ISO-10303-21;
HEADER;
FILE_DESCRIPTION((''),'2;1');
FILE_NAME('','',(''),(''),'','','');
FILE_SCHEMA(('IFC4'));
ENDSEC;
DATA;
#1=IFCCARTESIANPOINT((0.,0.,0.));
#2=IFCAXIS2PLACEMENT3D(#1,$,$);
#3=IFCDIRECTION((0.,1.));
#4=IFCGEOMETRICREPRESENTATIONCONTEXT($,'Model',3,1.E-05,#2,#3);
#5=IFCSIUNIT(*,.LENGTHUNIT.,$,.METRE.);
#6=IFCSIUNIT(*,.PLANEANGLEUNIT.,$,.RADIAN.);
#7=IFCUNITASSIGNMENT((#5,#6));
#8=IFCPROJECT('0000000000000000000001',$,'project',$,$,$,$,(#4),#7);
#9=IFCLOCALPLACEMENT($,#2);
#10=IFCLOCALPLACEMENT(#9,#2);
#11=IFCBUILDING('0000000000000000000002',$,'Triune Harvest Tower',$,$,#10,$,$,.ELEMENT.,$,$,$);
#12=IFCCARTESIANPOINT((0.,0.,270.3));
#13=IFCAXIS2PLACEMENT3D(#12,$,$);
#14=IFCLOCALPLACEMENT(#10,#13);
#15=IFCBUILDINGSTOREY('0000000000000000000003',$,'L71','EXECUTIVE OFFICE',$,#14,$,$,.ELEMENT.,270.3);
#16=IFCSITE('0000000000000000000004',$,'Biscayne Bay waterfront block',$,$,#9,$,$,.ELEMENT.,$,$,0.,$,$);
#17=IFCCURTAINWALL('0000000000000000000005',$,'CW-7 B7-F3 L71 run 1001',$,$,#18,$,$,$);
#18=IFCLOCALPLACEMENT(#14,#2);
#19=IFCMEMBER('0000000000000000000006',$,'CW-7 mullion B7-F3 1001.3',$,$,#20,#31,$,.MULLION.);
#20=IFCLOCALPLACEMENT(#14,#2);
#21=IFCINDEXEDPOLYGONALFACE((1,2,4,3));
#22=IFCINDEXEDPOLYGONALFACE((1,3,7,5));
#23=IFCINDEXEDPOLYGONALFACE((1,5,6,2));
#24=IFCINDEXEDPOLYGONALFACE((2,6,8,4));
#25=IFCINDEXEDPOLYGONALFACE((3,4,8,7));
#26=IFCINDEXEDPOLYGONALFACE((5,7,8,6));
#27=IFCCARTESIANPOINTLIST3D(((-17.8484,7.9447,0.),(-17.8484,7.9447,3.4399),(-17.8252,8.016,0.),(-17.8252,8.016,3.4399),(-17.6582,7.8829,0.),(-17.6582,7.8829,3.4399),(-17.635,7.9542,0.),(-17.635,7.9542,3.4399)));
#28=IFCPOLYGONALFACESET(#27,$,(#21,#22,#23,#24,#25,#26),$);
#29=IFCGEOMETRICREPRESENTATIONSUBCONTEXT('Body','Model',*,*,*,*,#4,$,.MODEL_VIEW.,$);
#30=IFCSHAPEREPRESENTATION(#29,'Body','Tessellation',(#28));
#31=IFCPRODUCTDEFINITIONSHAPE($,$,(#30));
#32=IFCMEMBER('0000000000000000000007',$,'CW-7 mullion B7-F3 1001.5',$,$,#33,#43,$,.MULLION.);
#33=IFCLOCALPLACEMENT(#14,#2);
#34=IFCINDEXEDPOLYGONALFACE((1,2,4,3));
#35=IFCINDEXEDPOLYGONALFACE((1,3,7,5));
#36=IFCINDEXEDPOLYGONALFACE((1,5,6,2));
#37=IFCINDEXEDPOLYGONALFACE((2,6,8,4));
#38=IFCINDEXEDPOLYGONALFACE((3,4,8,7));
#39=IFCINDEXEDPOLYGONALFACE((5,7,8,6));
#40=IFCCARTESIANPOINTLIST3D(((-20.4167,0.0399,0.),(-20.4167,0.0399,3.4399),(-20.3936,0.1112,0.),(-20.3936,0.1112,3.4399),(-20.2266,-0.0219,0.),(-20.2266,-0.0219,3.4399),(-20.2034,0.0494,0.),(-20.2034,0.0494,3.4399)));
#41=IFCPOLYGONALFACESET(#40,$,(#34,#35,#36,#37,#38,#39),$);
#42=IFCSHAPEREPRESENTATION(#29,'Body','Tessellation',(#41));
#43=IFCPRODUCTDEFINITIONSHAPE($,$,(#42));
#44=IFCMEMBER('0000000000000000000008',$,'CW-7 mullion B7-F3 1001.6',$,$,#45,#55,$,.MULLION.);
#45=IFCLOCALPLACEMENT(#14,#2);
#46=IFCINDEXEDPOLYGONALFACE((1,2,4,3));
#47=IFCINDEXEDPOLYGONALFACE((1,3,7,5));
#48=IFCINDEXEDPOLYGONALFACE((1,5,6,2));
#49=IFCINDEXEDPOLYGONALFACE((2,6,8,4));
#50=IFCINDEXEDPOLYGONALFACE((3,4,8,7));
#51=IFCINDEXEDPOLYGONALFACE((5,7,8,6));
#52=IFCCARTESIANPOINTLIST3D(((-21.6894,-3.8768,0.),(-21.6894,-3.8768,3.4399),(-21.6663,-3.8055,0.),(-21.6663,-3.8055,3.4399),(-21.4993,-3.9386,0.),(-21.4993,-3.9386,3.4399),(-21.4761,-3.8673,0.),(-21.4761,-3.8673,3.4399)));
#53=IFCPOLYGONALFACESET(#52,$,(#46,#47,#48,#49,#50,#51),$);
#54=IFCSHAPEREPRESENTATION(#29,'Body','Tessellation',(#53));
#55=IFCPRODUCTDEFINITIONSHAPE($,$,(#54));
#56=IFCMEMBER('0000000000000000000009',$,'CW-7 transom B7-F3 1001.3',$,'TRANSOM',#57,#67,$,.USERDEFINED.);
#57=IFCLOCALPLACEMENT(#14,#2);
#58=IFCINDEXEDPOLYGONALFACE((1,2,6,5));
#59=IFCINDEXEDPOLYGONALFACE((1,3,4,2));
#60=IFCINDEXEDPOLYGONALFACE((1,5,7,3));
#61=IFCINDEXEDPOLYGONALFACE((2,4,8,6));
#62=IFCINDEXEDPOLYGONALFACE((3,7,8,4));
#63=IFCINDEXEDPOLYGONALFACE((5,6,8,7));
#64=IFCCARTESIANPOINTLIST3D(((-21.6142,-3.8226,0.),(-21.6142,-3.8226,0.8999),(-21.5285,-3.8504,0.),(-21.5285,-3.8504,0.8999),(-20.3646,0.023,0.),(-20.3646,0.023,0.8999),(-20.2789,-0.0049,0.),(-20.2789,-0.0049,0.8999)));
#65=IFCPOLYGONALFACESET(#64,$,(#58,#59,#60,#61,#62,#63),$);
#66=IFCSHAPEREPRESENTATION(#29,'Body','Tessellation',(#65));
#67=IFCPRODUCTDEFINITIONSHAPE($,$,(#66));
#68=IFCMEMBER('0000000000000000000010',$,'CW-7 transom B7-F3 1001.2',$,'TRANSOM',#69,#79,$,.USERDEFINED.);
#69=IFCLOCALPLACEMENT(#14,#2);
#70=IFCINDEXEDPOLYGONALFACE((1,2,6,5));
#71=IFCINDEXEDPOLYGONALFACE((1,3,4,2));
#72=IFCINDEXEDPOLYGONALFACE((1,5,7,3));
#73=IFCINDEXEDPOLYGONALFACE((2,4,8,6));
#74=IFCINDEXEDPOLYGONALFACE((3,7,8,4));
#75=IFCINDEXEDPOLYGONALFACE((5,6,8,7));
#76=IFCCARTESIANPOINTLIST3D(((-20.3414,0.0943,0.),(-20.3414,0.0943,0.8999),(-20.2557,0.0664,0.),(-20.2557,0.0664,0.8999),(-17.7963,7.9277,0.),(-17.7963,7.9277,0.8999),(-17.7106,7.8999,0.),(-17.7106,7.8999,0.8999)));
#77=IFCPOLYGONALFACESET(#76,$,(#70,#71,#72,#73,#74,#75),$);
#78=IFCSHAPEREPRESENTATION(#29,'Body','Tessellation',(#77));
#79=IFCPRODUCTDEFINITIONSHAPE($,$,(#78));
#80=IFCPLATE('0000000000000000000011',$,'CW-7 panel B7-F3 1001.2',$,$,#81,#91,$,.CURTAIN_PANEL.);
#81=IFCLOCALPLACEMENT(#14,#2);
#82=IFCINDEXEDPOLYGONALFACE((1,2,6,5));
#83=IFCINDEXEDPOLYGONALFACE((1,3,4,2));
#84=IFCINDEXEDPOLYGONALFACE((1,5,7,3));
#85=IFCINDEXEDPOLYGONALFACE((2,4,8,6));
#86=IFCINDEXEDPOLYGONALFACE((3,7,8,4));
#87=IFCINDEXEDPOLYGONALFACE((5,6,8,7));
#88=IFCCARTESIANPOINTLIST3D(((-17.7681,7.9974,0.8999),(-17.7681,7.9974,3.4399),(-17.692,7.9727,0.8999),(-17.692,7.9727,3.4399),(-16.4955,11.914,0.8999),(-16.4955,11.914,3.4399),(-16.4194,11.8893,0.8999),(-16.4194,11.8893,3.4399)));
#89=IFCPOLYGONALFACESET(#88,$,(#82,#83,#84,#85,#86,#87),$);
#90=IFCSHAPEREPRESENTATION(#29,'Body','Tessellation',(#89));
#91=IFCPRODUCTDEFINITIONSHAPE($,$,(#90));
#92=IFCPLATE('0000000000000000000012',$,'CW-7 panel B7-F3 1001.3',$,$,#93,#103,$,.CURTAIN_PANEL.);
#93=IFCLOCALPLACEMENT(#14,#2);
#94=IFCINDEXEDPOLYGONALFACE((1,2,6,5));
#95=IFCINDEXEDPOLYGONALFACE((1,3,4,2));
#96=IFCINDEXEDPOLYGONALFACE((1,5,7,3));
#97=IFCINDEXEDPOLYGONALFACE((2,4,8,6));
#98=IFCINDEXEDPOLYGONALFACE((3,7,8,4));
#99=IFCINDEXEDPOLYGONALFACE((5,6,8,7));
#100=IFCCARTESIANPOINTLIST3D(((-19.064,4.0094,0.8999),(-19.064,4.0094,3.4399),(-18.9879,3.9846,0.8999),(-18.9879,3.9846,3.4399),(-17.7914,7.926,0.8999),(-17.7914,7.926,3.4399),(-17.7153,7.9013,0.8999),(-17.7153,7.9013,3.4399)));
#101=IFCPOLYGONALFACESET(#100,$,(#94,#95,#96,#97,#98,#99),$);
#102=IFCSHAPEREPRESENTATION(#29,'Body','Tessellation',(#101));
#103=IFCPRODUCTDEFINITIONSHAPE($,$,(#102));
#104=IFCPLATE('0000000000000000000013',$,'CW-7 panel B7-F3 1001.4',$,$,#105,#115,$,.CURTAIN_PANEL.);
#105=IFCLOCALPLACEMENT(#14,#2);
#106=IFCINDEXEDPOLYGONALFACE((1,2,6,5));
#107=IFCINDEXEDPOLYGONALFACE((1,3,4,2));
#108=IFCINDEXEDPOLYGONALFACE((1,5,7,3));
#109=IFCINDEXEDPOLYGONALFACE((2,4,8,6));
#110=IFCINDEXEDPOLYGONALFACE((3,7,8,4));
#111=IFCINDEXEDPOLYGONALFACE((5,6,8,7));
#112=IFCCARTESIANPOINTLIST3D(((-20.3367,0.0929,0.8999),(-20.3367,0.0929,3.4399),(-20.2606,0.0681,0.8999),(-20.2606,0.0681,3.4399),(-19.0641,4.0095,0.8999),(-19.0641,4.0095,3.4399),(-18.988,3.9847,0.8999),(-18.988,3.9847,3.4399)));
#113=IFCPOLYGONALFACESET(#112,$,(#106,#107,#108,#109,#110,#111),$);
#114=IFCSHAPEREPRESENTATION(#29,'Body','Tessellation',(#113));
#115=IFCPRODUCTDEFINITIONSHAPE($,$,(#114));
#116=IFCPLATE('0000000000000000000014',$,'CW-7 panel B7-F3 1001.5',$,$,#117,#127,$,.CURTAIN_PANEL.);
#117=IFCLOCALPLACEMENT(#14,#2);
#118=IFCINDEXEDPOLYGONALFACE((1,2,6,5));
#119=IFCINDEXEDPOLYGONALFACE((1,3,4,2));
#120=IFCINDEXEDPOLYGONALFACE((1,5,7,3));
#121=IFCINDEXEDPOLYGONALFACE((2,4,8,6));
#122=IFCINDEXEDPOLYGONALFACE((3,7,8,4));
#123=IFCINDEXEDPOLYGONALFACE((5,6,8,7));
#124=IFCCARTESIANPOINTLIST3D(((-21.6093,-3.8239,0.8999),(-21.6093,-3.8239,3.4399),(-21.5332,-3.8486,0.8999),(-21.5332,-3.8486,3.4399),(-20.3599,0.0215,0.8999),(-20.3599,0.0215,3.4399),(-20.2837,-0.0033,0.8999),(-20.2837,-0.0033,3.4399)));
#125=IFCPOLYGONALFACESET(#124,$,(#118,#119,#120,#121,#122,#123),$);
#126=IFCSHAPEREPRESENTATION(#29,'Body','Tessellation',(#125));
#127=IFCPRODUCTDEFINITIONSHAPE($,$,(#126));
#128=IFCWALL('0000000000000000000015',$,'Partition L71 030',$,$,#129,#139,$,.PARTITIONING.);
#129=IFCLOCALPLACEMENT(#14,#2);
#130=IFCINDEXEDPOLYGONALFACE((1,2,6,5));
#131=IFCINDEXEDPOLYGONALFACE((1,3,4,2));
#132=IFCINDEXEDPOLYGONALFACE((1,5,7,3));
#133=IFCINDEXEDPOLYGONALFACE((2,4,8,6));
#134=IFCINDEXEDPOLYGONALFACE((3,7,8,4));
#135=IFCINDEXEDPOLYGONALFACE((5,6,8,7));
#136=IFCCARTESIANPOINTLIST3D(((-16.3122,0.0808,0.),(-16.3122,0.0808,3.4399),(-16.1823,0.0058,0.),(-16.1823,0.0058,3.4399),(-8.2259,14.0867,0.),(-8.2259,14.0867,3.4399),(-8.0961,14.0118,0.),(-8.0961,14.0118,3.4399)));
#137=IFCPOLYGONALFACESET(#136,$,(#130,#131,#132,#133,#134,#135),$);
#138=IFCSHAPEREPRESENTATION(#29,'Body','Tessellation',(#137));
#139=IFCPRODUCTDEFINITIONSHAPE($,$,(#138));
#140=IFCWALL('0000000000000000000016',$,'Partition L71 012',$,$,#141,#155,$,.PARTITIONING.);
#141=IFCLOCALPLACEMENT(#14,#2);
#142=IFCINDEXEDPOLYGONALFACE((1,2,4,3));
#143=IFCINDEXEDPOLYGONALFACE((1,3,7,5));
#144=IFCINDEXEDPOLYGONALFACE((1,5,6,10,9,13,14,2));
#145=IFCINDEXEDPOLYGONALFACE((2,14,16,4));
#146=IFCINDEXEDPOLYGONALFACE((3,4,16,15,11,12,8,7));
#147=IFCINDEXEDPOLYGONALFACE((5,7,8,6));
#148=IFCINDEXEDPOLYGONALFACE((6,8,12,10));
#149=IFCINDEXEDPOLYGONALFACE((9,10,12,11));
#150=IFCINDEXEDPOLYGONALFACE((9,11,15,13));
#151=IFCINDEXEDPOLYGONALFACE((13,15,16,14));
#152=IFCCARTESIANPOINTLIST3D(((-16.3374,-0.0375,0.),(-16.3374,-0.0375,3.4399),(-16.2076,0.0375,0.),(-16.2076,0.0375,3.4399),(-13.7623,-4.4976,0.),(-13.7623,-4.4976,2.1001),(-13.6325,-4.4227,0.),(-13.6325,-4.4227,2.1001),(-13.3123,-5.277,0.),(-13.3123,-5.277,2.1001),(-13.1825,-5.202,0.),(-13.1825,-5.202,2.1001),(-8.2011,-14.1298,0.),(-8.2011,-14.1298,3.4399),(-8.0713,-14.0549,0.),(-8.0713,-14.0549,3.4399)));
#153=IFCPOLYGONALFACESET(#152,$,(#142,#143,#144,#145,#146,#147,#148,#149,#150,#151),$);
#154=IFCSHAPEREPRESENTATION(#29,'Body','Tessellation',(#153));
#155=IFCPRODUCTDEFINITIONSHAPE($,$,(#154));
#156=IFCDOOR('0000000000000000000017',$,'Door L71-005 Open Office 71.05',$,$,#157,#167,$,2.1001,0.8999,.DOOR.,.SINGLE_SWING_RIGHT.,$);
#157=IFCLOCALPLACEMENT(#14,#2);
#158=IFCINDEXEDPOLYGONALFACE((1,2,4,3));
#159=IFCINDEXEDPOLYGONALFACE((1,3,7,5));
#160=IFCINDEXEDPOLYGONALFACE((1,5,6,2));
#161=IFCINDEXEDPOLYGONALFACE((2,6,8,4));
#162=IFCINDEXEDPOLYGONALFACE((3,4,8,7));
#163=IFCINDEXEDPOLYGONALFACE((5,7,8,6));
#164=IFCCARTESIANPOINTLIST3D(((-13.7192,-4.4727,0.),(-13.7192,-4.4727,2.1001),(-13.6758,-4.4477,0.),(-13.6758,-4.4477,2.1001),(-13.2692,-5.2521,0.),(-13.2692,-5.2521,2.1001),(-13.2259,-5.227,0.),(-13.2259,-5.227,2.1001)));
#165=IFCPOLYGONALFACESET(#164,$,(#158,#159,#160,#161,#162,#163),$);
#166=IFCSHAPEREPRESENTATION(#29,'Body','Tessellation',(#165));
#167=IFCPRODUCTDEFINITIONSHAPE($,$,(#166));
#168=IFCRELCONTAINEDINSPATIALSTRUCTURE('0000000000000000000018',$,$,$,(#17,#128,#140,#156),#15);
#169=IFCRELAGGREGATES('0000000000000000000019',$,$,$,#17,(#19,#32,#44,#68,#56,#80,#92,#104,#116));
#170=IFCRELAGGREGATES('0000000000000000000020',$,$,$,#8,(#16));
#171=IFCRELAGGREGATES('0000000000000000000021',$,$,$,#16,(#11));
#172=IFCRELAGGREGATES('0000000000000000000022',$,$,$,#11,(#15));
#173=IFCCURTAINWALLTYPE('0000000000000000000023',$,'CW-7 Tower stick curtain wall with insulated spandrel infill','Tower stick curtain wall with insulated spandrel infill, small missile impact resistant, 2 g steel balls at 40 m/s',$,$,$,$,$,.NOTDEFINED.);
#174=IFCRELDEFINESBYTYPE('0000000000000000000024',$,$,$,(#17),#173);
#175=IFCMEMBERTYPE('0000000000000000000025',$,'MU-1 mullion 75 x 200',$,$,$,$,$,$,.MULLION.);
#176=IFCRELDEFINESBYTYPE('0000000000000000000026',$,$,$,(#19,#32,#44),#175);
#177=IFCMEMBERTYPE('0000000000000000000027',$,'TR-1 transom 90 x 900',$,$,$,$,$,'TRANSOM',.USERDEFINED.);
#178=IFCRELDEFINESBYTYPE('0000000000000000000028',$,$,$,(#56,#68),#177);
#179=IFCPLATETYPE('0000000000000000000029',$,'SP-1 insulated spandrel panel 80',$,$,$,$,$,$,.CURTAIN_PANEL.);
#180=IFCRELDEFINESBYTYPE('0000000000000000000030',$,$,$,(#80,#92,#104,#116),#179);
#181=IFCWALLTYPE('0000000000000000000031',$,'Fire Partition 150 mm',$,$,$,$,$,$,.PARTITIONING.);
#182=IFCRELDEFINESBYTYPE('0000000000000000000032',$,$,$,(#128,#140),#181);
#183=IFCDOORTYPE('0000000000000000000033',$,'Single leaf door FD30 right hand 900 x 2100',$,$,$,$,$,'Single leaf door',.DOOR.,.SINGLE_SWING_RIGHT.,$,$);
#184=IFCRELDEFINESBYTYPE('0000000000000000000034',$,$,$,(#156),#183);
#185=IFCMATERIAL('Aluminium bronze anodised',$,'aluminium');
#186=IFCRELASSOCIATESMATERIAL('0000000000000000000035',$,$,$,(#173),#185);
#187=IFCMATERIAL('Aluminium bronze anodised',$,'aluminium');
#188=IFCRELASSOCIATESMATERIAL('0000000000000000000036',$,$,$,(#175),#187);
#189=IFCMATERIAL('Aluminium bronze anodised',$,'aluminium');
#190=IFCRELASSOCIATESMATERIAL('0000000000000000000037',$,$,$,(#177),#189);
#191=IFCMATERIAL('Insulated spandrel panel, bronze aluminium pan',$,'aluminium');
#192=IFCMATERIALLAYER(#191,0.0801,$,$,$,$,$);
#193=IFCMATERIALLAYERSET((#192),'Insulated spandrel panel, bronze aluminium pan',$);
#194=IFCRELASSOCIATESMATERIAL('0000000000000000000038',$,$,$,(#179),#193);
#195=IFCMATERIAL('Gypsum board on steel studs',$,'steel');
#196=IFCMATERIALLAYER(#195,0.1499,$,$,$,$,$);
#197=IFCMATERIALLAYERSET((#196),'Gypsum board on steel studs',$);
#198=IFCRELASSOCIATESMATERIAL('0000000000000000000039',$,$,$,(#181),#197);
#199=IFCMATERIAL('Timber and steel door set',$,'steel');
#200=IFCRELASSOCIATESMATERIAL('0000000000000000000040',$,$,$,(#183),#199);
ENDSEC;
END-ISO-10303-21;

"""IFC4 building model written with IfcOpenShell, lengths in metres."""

from ifc_helpers import new_model, si_unit, direction, frame, frame_2d, origin, origin_2d, place, context, subcontext, project, spatial, rectangle, extrude, source, transform, mapped, material, layer, layer_set, material_profile, profile_set, type_object, element, fill, aggregate, save


model = new_model("IFC4")

# Units and contexts
model_context = context("Model", 3, precision=1e-05, world=origin(), true_north=direction((0.0, 1.0)))
body_context = subcontext(model_context, "Body", "Model", "MODEL_VIEW")
ifc_project = project(units=[si_unit("LENGTHUNIT", "METRE"), si_unit("PLANEANGLEUNIT", "RADIAN")], contexts=[model_context])

# Site, building, storey
site_placement = place(None, origin())
site = spatial("IfcSite", under=ifc_project, at=site_placement, Name="Biscayne Bay waterfront block", CompositionType="ELEMENT", RefElevation=0.0)
building_placement = place(site_placement, origin())
building = spatial("IfcBuilding", under=site, at=building_placement, Name="Triune Harvest Tower", CompositionType="ELEMENT")
storey_placement = place(building_placement, frame((0.0, 0.0, 270.3)))
storey = spatial("IfcBuildingStorey", under=building, at=storey_placement, Name="L71", Description="EXECUTIVE OFFICE", CompositionType="ELEMENT", Elevation=270.3)

# Curtain wall, members, plates
ifc_material_1 = material(Name="Aluminium bronze anodised", Category="aluminium")
curtain_wall_type = type_object("IfcCurtainWallType", Name="CW-7 Tower stick curtain wall with insulated spandrel infill", Description="Tower stick curtain wall with insulated spandrel infill, small missile impact resistant, 2 g steel balls at 40 m/s", PredefinedType="NOTDEFINED", material=ifc_material_1)
curtain_wall_placement = place(storey_placement, origin())
curtain_wall = element("IfcCurtainWall", 1, at=curtain_wall_placement, inside=storey, type_object=curtain_wall_type, Name="CW-7 B7-F3 L71 run 1001")
ifc_material_2 = material(Name="Aluminium bronze anodised", Category="aluminium")
ifc_material_profile_1 = material_profile(ifc_material_2, rectangle(XDim=0.2, YDim=0.075, at=origin_2d()), Name="MU-1 mullion 75 x 200")
ifc_profile_set_1 = profile_set([ifc_material_profile_1], Name="Aluminium bronze anodised")
member_type_1 = type_object("IfcMemberType", Name="MU-1 mullion 75 x 200", PredefinedType="MULLION", material=ifc_profile_set_1)
shared_shape_1 = source(origin(), body_context, "Body", "SweptSolid", [
    extrude(rectangle(XDim=0.2, YDim=0.075, at=origin_2d()), origin(), (0.0, 0.0, 1.0), 3.4399),
])
member_1_placement = place(storey_placement, frame((-17.7417, 7.9495, 0.0), z_axis=(0.0, 0.0, 1.0), x_axis=(0.951056, -0.30902, 0.0)))
member_1 = element("IfcMember", 2, at=member_1_placement, type_object=member_type_1, Name="CW-7 mullion B7-F3 1001.3", PredefinedType="MULLION", context=body_context, shape_type="MappedRepresentation", body=[
    mapped(shared_shape_1, transform((0.0, 0.0, 0.0), scale=1.0)),
])
member_2_placement = place(storey_placement, frame((-20.3101, 0.0447, 0.0), z_axis=(0.0, 0.0, 1.0), x_axis=(0.951056, -0.30902, 0.0)))
member_2 = element("IfcMember", 3, at=member_2_placement, type_object=member_type_1, Name="CW-7 mullion B7-F3 1001.5", PredefinedType="MULLION", context=body_context, shape_type="MappedRepresentation", body=[
    mapped(shared_shape_1, transform((0.0, 0.0, 0.0), scale=1.0)),
])
member_3_placement = place(storey_placement, frame((-21.5828, -3.8721, 0.0), z_axis=(0.0, 0.0, 1.0), x_axis=(0.951056, -0.30902, 0.0)))
member_3 = element("IfcMember", 4, at=member_3_placement, type_object=member_type_1, Name="CW-7 mullion B7-F3 1001.6", PredefinedType="MULLION", context=body_context, shape_type="MappedRepresentation", body=[
    mapped(shared_shape_1, transform((0.0, 0.0, 0.0), scale=1.0)),
])
ifc_material_3 = material(Name="Aluminium bronze anodised", Category="aluminium")
ifc_material_profile_2 = material_profile(ifc_material_3, rectangle(XDim=0.0901, YDim=0.8999, at=origin_2d()), Name="TR-1 transom 90 x 900")
ifc_profile_set_2 = profile_set([ifc_material_profile_2], Name="Aluminium bronze anodised")
member_type_2 = type_object("IfcMemberType", Name="TR-1 transom 90 x 900", ElementType="TRANSOM", PredefinedType="USERDEFINED", material=ifc_profile_set_2)
shared_shape_2 = source(origin(), body_context, "Body", "SweptSolid", [
    extrude(rectangle(XDim=0.0901, YDim=0.8999, at=origin_2d()), origin(), (0.0, 0.0, 1.0), 4.0435),
])
member_4_placement = place(storey_placement, frame((-20.3218, 0.009, 0.45), z_axis=(-0.309027, -0.951053, 0.0), x_axis=(0.951053, -0.309027, 0.0)))
member_4 = element("IfcMember", 5, at=member_4_placement, type_object=member_type_2, Name="CW-7 transom B7-F3 1001.3", ObjectType="TRANSOM", PredefinedType="USERDEFINED", context=body_context, shape_type="MappedRepresentation", body=[
    mapped(shared_shape_2, transform((0.0, 0.0, 0.0), scale=1.0)),
])
shared_shape_3 = source(origin(), body_context, "Body", "SweptSolid", [
    extrude(rectangle(XDim=0.0901, YDim=0.8999, at=origin_2d()), origin(), (0.0, 0.0, 1.0), 8.2366),
])
member_5_placement = place(storey_placement, frame((-17.7534, 7.9138, 0.45), z_axis=(-0.309007, -0.95106, 0.0), x_axis=(0.95106, -0.309007, 0.0)))
member_5 = element("IfcMember", 6, at=member_5_placement, type_object=member_type_2, Name="CW-7 transom B7-F3 1001.2", ObjectType="TRANSOM", PredefinedType="USERDEFINED", context=body_context, shape_type="MappedRepresentation", body=[
    mapped(shared_shape_3, transform((0.0, 0.0, 0.0), scale=1.0)),
])
ifc_material_4 = material(Name="Insulated spandrel panel, bronze aluminium pan", Category="aluminium")
ifc_layer_1 = layer(ifc_material_4, 0.0801)
ifc_layer_set_1 = layer_set([ifc_layer_1], Name="Insulated spandrel panel, bronze aluminium pan")
plate_type = type_object("IfcPlateType", Name="SP-1 insulated spandrel panel 80", PredefinedType="CURTAIN_PANEL", material=ifc_layer_set_1)
shared_shape_4 = source(origin(), body_context, "Body", "SweptSolid", [
    extrude(rectangle(XDim=4.1182, YDim=0.0801, at=origin_2d()), origin(), (0.0, 0.0, 1.0), 2.54),
])
plate_1_placement = place(storey_placement, frame((-17.0938, 9.9434, 0.8999), z_axis=(0.0, 0.0, 1.0), x_axis=(-0.30902, -0.951056, 0.0)))
plate_1 = element("IfcPlate", 7, at=plate_1_placement, type_object=plate_type, Name="CW-7 panel B7-F3 1001.2", PredefinedType="CURTAIN_PANEL", context=body_context, shape_type="MappedRepresentation", body=[
    mapped(shared_shape_4, transform((0.0, 0.0, 0.0), scale=1.0)),
])
plate_2_placement = place(storey_placement, frame((-18.3896, 5.9553, 0.8999), z_axis=(0.0, 0.0, 1.0), x_axis=(-0.30902, -0.951056, 0.0)))
plate_2 = element("IfcPlate", 8, at=plate_2_placement, type_object=plate_type, Name="CW-7 panel B7-F3 1001.3", PredefinedType="CURTAIN_PANEL", context=body_context, shape_type="MappedRepresentation", body=[
    mapped(shared_shape_4, transform((0.0, 0.0, 0.0), scale=1.0)),
])
plate_3_placement = place(storey_placement, frame((-19.6624, 2.0388, 0.8999), z_axis=(0.0, 0.0, 1.0), x_axis=(-0.30902, -0.951056, 0.0)))
plate_3 = element("IfcPlate", 9, at=plate_3_placement, type_object=plate_type, Name="CW-7 panel B7-F3 1001.4", PredefinedType="CURTAIN_PANEL", context=body_context, shape_type="MappedRepresentation", body=[
    mapped(shared_shape_4, transform((0.0, 0.0, 0.0), scale=1.0)),
])
shared_shape_5 = source(origin(), body_context, "Body", "SweptSolid", [
    extrude(rectangle(XDim=4.0432, YDim=0.0801, at=origin_2d()), origin(), (0.0, 0.0, 1.0), 2.54),
])
plate_4_placement = place(storey_placement, frame((-20.9465, -1.9136, 0.8999), z_axis=(0.0, 0.0, 1.0), x_axis=(-0.30902, -0.951056, 0.0)))
plate_4 = element("IfcPlate", 10, at=plate_4_placement, type_object=plate_type, Name="CW-7 panel B7-F3 1001.5", PredefinedType="CURTAIN_PANEL", context=body_context, shape_type="MappedRepresentation", body=[
    mapped(shared_shape_5, transform((0.0, 0.0, 0.0), scale=1.0)),
])
aggregate(curtain_wall, [member_1, member_2, member_3, member_5, member_4, plate_1, plate_2, plate_3, plate_4])

# Wall
ifc_material_5 = material(Name="Gypsum board on steel studs", Category="steel")
ifc_layer_2 = layer(ifc_material_5, 0.1499)
ifc_layer_set_2 = layer_set([ifc_layer_2], Name="Gypsum board on steel studs")
wall_type = type_object("IfcWallType", Name="Fire Partition 150 mm", PredefinedType="PARTITIONING", material=ifc_layer_set_2)
wall_1_placement = place(storey_placement, frame((-16.2473, 0.0432, 0.0), z_axis=(0.0, 0.0, 1.0), x_axis=(0.499995, 0.866028, 0.0)))
element("IfcWall", 11, at=wall_1_placement, inside=storey, type_object=wall_type, Name="Partition L71 030", PredefinedType="PARTITIONING", context=body_context, shape_type="SweptSolid", body=[
    extrude(rectangle(XDim=16.1726, YDim=0.1499, at=frame_2d((8.0864, 0.0))), origin(), (0.0, 0.0, 1.0), 3.4399),
])

# Wall, opening, door
shared_shape_6 = source(origin(), body_context, "Body", "SweptSolid", [
    extrude(rectangle(XDim=16.2725, YDim=0.1499, at=frame_2d((8.1362, 0.0))), origin(), (0.0, 0.0, 1.0), 3.4399),
])
wall_2_placement = place(storey_placement, frame((-16.2725, 0.0, 0.0), z_axis=(0.0, 0.0, 1.0), x_axis=(0.500002, -0.866024, 0.0)))
wall_2 = element("IfcWall", 12, at=wall_2_placement, inside=storey, type_object=wall_type, Name="Partition L71 012", PredefinedType="PARTITIONING", context=body_context, shape_type="MappedRepresentation", body=[
    mapped(shared_shape_6, transform((0.0, 0.0, 0.0), scale=1.0)),
])
opening_placement = place(wall_2_placement, frame((5.1501, 0.0, 0.0)))
opening = element("IfcOpeningElement", 13, at=opening_placement, cuts=wall_2, PredefinedType="OPENING", context=body_context, shape_type="SweptSolid", body=[
    extrude(rectangle(XDim=0.8999, YDim=2.1001, at=frame_2d((0.45, 1.05))), frame((0.0, 0.085, 0.0), z_axis=(0.0, -1.0, 0.0), x_axis=(1.0, 0.0, 0.0)), (0.0, 0.0, 1.0), 0.1699),
])
ifc_material_6 = material(Name="Timber and steel door set", Category="steel")
door_type = type_object("IfcDoorType", Name="Single leaf door FD30 right hand 900 x 2100", ElementType="Single leaf door", OperationType="SINGLE_SWING_RIGHT", PredefinedType="DOOR", material=ifc_material_6)
door_placement = place(opening_placement, origin())
door = element("IfcDoor", 14, at=door_placement, inside=storey, type_object=door_type, Name="Door L71-005 Open Office 71.05", OperationType="SINGLE_SWING_RIGHT", OverallHeight=2.1001, OverallWidth=0.8999, PredefinedType="DOOR", context=body_context, shape_type="SweptSolid", body=[
    extrude(rectangle(XDim=0.8999, YDim=2.1001, at=frame_2d((0.45, 1.05))), frame((0.0, 0.0249, 0.0), z_axis=(0.0, -1.0, 0.0), x_axis=(1.0, 0.0, 0.0)), (0.0, 0.0, 1.0), 0.05),
])
fill(opening, door)

save(model, "model.ifc")
